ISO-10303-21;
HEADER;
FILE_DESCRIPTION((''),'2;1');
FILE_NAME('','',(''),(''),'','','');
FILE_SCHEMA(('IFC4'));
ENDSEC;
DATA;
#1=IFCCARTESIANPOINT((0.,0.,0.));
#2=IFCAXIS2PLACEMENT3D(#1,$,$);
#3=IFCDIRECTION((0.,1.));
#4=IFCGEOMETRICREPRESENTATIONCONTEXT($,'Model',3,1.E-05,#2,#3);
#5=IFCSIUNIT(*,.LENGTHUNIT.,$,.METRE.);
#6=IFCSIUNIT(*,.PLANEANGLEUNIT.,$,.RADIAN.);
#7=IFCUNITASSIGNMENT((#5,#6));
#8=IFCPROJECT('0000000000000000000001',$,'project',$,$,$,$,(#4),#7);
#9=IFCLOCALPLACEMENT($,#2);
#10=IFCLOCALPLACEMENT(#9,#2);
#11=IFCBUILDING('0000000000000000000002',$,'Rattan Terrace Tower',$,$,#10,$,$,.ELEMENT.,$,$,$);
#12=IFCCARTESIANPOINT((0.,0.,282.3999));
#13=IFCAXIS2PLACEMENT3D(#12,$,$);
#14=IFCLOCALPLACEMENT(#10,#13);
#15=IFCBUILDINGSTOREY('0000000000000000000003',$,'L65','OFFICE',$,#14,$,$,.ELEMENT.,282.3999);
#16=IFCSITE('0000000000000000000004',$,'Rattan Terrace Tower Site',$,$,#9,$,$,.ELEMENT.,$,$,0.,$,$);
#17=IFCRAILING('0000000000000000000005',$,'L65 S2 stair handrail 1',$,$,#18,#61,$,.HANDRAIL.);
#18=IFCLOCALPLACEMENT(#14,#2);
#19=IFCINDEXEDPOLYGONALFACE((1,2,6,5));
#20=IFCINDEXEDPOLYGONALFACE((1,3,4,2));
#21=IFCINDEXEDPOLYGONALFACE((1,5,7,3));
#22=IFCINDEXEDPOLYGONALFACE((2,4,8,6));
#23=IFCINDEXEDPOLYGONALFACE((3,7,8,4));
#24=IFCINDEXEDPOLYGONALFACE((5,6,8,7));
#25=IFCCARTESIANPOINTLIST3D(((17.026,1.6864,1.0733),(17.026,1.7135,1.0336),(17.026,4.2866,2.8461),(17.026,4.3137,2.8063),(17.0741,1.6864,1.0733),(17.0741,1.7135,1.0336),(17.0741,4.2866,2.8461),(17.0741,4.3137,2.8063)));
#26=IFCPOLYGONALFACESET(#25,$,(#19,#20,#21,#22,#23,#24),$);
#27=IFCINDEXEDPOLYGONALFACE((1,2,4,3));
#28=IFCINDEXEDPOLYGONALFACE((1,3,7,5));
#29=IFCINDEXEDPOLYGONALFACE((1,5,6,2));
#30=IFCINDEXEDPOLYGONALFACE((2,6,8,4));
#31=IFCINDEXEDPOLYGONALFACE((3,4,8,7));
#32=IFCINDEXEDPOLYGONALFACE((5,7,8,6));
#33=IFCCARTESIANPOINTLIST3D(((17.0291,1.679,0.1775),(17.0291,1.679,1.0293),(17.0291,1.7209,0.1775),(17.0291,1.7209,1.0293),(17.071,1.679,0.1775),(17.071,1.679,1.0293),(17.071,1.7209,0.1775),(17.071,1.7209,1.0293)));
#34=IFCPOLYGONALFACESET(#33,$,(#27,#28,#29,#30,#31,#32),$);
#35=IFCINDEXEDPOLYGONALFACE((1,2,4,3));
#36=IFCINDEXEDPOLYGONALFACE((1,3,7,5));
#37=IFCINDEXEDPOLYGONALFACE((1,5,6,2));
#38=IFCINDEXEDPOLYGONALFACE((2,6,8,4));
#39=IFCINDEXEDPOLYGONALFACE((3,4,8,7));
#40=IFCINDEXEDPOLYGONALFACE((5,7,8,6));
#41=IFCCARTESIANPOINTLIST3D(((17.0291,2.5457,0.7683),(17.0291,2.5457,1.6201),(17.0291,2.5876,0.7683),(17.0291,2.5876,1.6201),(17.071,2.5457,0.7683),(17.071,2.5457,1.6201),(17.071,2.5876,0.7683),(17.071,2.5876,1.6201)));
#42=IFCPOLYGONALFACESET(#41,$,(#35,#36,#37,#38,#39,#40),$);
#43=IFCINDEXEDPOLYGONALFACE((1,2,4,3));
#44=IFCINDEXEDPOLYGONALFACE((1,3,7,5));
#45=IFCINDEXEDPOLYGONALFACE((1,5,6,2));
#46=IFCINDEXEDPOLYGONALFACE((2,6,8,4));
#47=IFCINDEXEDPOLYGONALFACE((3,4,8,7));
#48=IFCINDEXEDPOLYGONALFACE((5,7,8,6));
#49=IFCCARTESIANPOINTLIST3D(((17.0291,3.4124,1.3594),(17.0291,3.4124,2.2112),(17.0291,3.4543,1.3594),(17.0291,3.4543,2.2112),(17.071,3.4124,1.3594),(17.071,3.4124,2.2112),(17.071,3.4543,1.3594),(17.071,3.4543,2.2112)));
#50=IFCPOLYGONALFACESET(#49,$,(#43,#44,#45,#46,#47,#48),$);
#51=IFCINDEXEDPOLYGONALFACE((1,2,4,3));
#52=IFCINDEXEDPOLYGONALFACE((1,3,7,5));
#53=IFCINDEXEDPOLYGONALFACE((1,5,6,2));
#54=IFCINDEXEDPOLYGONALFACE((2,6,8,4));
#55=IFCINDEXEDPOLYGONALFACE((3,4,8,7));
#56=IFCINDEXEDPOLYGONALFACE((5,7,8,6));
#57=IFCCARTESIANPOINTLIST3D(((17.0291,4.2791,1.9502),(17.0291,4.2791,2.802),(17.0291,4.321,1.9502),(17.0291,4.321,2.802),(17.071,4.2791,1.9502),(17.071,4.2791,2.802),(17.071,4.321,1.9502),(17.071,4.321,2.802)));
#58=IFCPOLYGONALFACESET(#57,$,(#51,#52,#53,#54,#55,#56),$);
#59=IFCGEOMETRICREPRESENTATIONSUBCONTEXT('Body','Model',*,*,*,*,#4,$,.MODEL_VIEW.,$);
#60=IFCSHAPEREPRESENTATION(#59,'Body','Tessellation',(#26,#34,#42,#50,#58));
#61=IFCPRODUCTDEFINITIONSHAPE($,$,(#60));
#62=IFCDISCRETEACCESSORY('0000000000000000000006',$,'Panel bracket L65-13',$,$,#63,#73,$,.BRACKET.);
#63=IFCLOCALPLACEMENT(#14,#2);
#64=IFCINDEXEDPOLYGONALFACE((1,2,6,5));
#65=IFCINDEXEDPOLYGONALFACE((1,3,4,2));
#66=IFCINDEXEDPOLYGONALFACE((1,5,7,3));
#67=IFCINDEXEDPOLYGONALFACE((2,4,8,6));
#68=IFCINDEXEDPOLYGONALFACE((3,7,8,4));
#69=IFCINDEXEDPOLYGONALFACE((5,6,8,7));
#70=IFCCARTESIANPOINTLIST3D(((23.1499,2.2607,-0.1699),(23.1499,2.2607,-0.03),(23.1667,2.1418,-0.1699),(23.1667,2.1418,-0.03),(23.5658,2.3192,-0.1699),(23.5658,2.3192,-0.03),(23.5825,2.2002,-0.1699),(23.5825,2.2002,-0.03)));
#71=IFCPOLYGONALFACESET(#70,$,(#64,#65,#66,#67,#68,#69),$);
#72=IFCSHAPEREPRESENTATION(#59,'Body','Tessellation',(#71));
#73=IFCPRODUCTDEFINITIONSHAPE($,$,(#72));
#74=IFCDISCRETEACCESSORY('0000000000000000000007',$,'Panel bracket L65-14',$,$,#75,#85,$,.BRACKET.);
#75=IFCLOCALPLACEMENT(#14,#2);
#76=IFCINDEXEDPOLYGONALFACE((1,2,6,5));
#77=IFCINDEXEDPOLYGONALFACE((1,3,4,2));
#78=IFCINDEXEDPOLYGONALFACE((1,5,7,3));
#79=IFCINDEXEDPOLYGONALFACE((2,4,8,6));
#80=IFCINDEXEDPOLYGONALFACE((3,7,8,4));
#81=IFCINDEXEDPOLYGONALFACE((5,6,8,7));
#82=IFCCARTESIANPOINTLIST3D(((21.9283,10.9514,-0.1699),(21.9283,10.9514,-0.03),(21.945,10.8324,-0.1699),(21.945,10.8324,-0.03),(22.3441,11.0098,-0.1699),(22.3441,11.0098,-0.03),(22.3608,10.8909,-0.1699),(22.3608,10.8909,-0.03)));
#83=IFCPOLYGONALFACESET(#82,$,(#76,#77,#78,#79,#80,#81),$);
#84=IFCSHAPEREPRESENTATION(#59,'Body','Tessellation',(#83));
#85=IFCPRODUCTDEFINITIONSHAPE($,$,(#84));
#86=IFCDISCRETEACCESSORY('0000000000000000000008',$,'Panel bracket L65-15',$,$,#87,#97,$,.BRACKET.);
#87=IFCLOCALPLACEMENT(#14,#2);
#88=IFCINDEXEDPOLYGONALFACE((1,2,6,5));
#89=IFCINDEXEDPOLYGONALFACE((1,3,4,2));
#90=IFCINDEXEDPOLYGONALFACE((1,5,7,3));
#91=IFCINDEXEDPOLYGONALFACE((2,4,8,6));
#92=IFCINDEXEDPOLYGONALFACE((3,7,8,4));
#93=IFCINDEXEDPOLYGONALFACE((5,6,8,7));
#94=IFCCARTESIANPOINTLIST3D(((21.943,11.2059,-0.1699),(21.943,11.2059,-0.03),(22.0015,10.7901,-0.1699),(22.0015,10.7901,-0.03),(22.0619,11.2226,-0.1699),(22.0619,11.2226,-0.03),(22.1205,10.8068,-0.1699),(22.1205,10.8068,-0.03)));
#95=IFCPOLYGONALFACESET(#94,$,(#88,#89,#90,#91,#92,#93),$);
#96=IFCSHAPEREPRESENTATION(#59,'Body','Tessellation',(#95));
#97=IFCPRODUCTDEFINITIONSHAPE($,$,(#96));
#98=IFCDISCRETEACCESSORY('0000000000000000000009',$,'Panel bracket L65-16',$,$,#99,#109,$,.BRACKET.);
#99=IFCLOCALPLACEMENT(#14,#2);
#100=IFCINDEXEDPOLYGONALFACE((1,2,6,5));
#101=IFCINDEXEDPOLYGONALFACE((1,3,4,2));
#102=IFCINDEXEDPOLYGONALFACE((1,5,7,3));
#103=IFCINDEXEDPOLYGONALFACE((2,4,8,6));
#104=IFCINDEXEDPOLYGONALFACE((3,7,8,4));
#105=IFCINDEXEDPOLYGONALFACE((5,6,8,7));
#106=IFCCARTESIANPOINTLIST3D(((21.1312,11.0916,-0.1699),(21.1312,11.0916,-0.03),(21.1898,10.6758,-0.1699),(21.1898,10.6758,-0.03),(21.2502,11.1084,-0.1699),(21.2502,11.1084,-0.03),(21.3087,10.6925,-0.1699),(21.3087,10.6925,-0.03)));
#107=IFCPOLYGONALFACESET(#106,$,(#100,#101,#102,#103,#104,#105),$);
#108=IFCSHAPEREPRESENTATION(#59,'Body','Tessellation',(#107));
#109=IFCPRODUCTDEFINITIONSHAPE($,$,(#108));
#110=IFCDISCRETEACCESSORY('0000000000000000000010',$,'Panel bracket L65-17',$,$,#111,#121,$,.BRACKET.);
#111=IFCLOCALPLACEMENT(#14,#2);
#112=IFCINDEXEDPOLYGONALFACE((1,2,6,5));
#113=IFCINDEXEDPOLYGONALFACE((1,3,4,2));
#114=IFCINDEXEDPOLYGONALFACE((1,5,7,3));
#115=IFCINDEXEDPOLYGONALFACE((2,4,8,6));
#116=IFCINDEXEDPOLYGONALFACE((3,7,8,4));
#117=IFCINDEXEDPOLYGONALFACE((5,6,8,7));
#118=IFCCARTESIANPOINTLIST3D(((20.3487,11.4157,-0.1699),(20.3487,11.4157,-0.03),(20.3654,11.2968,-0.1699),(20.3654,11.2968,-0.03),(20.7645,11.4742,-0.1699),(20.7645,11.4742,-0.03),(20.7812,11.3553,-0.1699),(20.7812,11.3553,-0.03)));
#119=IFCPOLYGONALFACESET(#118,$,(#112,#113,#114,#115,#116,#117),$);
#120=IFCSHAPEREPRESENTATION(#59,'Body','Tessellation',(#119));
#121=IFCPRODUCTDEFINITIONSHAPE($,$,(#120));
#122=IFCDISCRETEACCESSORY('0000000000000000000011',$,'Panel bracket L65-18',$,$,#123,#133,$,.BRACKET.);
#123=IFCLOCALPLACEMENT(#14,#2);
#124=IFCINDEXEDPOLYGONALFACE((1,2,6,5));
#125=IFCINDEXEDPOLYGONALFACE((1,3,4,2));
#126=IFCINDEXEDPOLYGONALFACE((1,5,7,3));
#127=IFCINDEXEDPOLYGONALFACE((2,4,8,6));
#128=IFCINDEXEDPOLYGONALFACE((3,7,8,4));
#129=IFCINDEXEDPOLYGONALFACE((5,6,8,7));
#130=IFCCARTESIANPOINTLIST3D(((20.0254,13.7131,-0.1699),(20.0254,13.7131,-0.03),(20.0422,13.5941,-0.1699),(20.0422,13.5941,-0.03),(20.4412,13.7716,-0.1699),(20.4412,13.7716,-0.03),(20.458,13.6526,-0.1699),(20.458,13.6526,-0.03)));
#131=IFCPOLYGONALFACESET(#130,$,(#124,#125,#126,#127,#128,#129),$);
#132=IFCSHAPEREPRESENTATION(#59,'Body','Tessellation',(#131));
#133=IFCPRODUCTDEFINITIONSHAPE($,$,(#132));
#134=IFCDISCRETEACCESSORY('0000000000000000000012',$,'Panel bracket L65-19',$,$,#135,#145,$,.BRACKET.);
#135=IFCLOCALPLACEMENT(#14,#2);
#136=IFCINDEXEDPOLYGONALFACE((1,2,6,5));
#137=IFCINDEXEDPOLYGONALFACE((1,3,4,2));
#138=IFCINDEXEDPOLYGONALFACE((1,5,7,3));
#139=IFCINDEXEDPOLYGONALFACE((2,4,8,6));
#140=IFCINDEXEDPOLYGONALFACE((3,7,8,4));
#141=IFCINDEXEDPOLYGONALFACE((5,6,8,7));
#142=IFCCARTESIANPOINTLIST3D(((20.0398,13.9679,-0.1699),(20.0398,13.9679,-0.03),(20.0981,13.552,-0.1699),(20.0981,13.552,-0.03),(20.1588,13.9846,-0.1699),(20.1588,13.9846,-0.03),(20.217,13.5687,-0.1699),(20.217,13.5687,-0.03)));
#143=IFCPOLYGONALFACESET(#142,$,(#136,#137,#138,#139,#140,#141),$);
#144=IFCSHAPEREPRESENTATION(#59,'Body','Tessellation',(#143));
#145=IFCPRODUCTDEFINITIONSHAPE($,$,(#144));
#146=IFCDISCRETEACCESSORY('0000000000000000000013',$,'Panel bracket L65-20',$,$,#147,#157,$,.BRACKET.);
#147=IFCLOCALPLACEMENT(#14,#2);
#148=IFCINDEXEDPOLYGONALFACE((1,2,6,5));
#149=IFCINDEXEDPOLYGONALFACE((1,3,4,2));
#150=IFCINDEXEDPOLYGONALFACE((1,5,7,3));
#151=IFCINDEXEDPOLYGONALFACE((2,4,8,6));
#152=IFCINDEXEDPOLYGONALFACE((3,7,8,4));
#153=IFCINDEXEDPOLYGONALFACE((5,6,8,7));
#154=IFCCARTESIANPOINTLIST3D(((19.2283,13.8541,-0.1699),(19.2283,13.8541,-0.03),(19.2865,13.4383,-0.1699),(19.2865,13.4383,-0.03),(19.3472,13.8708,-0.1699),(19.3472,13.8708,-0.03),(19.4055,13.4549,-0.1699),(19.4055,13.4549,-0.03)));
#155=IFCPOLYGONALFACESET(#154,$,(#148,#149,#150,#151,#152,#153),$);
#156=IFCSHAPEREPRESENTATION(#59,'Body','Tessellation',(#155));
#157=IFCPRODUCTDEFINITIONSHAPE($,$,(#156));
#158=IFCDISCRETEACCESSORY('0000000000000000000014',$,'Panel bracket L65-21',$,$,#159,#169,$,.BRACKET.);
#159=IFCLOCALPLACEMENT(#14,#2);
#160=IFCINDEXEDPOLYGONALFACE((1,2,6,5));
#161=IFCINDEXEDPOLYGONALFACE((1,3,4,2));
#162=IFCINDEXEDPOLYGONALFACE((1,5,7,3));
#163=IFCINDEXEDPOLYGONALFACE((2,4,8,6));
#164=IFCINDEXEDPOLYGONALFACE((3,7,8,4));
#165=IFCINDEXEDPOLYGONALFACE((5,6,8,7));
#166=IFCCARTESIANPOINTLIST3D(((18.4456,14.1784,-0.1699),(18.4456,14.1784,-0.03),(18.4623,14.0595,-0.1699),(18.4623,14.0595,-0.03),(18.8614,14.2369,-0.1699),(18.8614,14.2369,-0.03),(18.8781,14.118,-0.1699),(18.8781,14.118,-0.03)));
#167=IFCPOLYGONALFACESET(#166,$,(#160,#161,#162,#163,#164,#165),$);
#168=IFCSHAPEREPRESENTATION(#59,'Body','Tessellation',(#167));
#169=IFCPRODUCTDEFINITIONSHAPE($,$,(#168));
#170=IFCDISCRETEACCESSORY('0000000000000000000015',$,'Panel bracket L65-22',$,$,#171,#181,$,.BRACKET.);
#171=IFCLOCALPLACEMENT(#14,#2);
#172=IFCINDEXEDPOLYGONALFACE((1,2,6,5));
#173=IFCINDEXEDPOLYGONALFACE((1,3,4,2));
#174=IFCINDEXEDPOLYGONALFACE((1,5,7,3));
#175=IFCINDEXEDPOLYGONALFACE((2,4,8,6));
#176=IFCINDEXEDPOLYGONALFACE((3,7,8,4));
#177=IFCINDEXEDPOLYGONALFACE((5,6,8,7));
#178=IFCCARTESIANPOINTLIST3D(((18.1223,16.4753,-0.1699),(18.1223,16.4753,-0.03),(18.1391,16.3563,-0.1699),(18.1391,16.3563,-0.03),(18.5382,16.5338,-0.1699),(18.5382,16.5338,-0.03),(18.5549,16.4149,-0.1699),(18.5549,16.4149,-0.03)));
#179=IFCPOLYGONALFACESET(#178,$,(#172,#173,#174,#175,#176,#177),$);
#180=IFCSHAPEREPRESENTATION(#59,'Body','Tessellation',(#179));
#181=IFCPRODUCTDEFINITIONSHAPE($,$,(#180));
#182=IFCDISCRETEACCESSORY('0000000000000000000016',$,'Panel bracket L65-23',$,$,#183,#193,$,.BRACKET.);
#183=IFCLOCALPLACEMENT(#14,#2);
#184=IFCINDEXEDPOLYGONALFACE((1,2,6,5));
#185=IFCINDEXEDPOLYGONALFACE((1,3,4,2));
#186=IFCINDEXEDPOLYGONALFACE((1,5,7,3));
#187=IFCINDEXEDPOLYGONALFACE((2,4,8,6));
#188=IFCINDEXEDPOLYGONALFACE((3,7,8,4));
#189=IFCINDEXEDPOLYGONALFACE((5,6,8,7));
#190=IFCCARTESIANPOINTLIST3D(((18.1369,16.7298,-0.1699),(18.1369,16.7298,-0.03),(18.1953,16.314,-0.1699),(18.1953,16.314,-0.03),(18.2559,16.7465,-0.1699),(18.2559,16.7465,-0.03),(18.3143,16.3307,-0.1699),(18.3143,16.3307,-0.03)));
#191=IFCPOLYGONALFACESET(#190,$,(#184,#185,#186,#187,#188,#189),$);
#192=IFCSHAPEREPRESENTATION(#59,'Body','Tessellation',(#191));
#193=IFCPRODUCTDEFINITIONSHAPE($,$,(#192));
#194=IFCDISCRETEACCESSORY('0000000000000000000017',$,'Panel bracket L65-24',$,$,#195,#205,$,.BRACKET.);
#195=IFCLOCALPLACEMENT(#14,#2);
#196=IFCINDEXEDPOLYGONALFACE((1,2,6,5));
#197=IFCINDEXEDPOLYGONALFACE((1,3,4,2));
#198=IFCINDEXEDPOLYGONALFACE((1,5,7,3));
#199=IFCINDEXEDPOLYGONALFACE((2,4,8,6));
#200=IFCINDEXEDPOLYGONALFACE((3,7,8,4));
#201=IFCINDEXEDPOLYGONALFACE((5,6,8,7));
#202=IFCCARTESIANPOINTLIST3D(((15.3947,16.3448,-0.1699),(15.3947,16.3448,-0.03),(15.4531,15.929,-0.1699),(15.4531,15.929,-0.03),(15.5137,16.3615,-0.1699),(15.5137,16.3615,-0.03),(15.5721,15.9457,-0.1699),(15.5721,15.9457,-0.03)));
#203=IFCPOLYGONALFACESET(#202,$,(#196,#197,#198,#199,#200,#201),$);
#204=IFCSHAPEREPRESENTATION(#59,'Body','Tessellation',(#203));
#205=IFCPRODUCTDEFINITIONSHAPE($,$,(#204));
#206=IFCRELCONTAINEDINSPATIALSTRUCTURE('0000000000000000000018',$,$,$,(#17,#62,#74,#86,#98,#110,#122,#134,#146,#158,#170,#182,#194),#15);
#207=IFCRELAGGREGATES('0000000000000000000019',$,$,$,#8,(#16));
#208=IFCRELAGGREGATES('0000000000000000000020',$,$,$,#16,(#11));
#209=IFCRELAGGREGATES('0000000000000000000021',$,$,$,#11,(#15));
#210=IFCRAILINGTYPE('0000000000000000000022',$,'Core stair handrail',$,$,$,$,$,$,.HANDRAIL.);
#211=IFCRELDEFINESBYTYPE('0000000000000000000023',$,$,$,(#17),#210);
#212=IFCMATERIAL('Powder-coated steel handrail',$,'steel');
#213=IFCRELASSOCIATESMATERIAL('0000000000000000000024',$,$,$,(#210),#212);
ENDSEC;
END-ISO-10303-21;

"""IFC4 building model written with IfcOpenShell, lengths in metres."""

from ifc_helpers import new_model, si_unit, direction, frame, origin, origin_2d, place, context, subcontext, project, spatial, rectangle, extrude, material, type_object, element, save


model = new_model("IFC4")

# Units and contexts
model_context = context("Model", 3, precision=1e-05, world=origin(), true_north=direction((0.0, 1.0)))
body_context = subcontext(model_context, "Body", "Model", "MODEL_VIEW")
ifc_project = project(units=[si_unit("LENGTHUNIT", "METRE"), si_unit("PLANEANGLEUNIT", "RADIAN")], contexts=[model_context])

# Site, building, storey
site_placement = place(None, origin())
site = spatial("IfcSite", under=ifc_project, at=site_placement, Name="Rattan Terrace Tower Site", CompositionType="ELEMENT", RefElevation=0.0)
building_placement = place(site_placement, origin())
building = spatial("IfcBuilding", under=site, at=building_placement, Name="Rattan Terrace Tower", CompositionType="ELEMENT")
storey_placement = place(building_placement, frame((0.0, 0.0, 282.3999)))
storey = spatial("IfcBuildingStorey", under=building, at=storey_placement, Name="L65", Description="OFFICE", CompositionType="ELEMENT", Elevation=282.3999)

# Railing
ifc_material_1 = material(Name="Powder-coated steel handrail", Category="steel")
railing_type_1 = type_object("IfcRailingType", Name="Core stair handrail", PredefinedType="HANDRAIL", material=ifc_material_1)
railing_1_placement = place(storey_placement, frame((17.05, 1.7, 0.1775)))
element("IfcRailing", 1, at=railing_1_placement, inside=storey, type_object=railing_type_1, Name="L65 S2 stair handrail 1", PredefinedType="HANDRAIL", context=body_context, shape_type="SweptSolid", body=[
    extrude(rectangle(XDim=0.0481, YDim=0.0481, at=origin_2d()), frame((0.0, 0.0, 0.876), z_axis=(0.0, 0.82624, 0.563318), x_axis=(-1.0, 0.0, 0.0)), (0.0, 0.0, 1.0), 3.147),
    extrude(rectangle(XDim=0.042, YDim=0.042, at=origin_2d()), origin(), (0.0, 0.0, 1.0), 0.8518),
    extrude(rectangle(XDim=0.042, YDim=0.042, at=origin_2d()), frame((0.0, 0.8667, 0.5908)), (0.0, 0.0, 1.0), 0.8518),
    extrude(rectangle(XDim=0.042, YDim=0.042, at=origin_2d()), frame((0.0, 1.7334, 1.1819)), (0.0, 0.0, 1.0), 0.8518),
    extrude(rectangle(XDim=0.042, YDim=0.042, at=origin_2d()), frame((0.0, 2.6001, 1.7727)), (0.0, 0.0, 1.0), 0.8518),
])

# Discrete accessories
for number, where, z_axis, x_axis, name in (
    (2, (23.3662, 2.2305, -0.1699), (0.0, 0.0, 1.0), (-0.139192, 0.990265, 0.0), "Panel bracket L65-13"),
    (3, (22.1445, 10.9211, -0.1699), (0.0, 0.0, 1.0), (-0.139192, 0.990265, 0.0), "Panel bracket L65-14"),
    (4, (22.0317, 11.0063, -0.1699), (0.0, 0.0, 1.0), (-0.990241, -0.139367, 0.0), "Panel bracket L65-15"),
    (5, (21.22, 10.8921, -0.1699), (0.0, 0.0, 1.0), (-0.990241, -0.139367, 0.0), "Panel bracket L65-16"),
    (6, (20.5649, 11.3855, -0.1699), (0.0, 0.0, 1.0), (-0.139321, 0.990247, 0.0), "Panel bracket L65-17"),
    (7, (20.2417, 13.6829, -0.1699), (0.0, 0.0, 1.0), (-0.139321, 0.990247, 0.0), "Panel bracket L65-18"),
    (8, (20.1284, 13.7683, -0.1699), (0.0, 0.0, 1.0), (-0.990333, -0.138713, 0.0), "Panel bracket L65-19"),
    (9, (19.3169, 13.6545, -0.1699), (0.0, 0.0, 1.0), (-0.990333, -0.138713, 0.0), "Panel bracket L65-20"),
    (10, (18.6619, 14.1482, -0.1699), (0.0, 0.0, 1.0), (-0.139367, 0.990241, 0.0), "Panel bracket L65-21"),
    (11, (18.3386, 16.4451, -0.1699), (0.0, 0.0, 1.0), (-0.139367, 0.990241, 0.0), "Panel bracket L65-22"),
    (12, (18.2256, 16.5303, -0.1699), (0.0, 0.0, 1.0), (-0.990287, -0.13904, 0.0), "Panel bracket L65-23"),
    (13, (15.4834, 16.1453, -0.1699), (0.0, 0.0, 1.0), (-0.990287, -0.13904, 0.0), "Panel bracket L65-24"),
):
    element("IfcDiscreteAccessory", number, at=place(storey_placement, frame(where, z_axis=z_axis, x_axis=x_axis)), inside=storey, Name=name, PredefinedType="BRACKET", context=body_context, shape_type="SweptSolid", body=[
        extrude(rectangle(XDim=0.1201, YDim=0.4199, at=origin_2d()), origin(), (0.0, 0.0, 1.0), 0.1399),
    ])

save(model, "model.ifc")
